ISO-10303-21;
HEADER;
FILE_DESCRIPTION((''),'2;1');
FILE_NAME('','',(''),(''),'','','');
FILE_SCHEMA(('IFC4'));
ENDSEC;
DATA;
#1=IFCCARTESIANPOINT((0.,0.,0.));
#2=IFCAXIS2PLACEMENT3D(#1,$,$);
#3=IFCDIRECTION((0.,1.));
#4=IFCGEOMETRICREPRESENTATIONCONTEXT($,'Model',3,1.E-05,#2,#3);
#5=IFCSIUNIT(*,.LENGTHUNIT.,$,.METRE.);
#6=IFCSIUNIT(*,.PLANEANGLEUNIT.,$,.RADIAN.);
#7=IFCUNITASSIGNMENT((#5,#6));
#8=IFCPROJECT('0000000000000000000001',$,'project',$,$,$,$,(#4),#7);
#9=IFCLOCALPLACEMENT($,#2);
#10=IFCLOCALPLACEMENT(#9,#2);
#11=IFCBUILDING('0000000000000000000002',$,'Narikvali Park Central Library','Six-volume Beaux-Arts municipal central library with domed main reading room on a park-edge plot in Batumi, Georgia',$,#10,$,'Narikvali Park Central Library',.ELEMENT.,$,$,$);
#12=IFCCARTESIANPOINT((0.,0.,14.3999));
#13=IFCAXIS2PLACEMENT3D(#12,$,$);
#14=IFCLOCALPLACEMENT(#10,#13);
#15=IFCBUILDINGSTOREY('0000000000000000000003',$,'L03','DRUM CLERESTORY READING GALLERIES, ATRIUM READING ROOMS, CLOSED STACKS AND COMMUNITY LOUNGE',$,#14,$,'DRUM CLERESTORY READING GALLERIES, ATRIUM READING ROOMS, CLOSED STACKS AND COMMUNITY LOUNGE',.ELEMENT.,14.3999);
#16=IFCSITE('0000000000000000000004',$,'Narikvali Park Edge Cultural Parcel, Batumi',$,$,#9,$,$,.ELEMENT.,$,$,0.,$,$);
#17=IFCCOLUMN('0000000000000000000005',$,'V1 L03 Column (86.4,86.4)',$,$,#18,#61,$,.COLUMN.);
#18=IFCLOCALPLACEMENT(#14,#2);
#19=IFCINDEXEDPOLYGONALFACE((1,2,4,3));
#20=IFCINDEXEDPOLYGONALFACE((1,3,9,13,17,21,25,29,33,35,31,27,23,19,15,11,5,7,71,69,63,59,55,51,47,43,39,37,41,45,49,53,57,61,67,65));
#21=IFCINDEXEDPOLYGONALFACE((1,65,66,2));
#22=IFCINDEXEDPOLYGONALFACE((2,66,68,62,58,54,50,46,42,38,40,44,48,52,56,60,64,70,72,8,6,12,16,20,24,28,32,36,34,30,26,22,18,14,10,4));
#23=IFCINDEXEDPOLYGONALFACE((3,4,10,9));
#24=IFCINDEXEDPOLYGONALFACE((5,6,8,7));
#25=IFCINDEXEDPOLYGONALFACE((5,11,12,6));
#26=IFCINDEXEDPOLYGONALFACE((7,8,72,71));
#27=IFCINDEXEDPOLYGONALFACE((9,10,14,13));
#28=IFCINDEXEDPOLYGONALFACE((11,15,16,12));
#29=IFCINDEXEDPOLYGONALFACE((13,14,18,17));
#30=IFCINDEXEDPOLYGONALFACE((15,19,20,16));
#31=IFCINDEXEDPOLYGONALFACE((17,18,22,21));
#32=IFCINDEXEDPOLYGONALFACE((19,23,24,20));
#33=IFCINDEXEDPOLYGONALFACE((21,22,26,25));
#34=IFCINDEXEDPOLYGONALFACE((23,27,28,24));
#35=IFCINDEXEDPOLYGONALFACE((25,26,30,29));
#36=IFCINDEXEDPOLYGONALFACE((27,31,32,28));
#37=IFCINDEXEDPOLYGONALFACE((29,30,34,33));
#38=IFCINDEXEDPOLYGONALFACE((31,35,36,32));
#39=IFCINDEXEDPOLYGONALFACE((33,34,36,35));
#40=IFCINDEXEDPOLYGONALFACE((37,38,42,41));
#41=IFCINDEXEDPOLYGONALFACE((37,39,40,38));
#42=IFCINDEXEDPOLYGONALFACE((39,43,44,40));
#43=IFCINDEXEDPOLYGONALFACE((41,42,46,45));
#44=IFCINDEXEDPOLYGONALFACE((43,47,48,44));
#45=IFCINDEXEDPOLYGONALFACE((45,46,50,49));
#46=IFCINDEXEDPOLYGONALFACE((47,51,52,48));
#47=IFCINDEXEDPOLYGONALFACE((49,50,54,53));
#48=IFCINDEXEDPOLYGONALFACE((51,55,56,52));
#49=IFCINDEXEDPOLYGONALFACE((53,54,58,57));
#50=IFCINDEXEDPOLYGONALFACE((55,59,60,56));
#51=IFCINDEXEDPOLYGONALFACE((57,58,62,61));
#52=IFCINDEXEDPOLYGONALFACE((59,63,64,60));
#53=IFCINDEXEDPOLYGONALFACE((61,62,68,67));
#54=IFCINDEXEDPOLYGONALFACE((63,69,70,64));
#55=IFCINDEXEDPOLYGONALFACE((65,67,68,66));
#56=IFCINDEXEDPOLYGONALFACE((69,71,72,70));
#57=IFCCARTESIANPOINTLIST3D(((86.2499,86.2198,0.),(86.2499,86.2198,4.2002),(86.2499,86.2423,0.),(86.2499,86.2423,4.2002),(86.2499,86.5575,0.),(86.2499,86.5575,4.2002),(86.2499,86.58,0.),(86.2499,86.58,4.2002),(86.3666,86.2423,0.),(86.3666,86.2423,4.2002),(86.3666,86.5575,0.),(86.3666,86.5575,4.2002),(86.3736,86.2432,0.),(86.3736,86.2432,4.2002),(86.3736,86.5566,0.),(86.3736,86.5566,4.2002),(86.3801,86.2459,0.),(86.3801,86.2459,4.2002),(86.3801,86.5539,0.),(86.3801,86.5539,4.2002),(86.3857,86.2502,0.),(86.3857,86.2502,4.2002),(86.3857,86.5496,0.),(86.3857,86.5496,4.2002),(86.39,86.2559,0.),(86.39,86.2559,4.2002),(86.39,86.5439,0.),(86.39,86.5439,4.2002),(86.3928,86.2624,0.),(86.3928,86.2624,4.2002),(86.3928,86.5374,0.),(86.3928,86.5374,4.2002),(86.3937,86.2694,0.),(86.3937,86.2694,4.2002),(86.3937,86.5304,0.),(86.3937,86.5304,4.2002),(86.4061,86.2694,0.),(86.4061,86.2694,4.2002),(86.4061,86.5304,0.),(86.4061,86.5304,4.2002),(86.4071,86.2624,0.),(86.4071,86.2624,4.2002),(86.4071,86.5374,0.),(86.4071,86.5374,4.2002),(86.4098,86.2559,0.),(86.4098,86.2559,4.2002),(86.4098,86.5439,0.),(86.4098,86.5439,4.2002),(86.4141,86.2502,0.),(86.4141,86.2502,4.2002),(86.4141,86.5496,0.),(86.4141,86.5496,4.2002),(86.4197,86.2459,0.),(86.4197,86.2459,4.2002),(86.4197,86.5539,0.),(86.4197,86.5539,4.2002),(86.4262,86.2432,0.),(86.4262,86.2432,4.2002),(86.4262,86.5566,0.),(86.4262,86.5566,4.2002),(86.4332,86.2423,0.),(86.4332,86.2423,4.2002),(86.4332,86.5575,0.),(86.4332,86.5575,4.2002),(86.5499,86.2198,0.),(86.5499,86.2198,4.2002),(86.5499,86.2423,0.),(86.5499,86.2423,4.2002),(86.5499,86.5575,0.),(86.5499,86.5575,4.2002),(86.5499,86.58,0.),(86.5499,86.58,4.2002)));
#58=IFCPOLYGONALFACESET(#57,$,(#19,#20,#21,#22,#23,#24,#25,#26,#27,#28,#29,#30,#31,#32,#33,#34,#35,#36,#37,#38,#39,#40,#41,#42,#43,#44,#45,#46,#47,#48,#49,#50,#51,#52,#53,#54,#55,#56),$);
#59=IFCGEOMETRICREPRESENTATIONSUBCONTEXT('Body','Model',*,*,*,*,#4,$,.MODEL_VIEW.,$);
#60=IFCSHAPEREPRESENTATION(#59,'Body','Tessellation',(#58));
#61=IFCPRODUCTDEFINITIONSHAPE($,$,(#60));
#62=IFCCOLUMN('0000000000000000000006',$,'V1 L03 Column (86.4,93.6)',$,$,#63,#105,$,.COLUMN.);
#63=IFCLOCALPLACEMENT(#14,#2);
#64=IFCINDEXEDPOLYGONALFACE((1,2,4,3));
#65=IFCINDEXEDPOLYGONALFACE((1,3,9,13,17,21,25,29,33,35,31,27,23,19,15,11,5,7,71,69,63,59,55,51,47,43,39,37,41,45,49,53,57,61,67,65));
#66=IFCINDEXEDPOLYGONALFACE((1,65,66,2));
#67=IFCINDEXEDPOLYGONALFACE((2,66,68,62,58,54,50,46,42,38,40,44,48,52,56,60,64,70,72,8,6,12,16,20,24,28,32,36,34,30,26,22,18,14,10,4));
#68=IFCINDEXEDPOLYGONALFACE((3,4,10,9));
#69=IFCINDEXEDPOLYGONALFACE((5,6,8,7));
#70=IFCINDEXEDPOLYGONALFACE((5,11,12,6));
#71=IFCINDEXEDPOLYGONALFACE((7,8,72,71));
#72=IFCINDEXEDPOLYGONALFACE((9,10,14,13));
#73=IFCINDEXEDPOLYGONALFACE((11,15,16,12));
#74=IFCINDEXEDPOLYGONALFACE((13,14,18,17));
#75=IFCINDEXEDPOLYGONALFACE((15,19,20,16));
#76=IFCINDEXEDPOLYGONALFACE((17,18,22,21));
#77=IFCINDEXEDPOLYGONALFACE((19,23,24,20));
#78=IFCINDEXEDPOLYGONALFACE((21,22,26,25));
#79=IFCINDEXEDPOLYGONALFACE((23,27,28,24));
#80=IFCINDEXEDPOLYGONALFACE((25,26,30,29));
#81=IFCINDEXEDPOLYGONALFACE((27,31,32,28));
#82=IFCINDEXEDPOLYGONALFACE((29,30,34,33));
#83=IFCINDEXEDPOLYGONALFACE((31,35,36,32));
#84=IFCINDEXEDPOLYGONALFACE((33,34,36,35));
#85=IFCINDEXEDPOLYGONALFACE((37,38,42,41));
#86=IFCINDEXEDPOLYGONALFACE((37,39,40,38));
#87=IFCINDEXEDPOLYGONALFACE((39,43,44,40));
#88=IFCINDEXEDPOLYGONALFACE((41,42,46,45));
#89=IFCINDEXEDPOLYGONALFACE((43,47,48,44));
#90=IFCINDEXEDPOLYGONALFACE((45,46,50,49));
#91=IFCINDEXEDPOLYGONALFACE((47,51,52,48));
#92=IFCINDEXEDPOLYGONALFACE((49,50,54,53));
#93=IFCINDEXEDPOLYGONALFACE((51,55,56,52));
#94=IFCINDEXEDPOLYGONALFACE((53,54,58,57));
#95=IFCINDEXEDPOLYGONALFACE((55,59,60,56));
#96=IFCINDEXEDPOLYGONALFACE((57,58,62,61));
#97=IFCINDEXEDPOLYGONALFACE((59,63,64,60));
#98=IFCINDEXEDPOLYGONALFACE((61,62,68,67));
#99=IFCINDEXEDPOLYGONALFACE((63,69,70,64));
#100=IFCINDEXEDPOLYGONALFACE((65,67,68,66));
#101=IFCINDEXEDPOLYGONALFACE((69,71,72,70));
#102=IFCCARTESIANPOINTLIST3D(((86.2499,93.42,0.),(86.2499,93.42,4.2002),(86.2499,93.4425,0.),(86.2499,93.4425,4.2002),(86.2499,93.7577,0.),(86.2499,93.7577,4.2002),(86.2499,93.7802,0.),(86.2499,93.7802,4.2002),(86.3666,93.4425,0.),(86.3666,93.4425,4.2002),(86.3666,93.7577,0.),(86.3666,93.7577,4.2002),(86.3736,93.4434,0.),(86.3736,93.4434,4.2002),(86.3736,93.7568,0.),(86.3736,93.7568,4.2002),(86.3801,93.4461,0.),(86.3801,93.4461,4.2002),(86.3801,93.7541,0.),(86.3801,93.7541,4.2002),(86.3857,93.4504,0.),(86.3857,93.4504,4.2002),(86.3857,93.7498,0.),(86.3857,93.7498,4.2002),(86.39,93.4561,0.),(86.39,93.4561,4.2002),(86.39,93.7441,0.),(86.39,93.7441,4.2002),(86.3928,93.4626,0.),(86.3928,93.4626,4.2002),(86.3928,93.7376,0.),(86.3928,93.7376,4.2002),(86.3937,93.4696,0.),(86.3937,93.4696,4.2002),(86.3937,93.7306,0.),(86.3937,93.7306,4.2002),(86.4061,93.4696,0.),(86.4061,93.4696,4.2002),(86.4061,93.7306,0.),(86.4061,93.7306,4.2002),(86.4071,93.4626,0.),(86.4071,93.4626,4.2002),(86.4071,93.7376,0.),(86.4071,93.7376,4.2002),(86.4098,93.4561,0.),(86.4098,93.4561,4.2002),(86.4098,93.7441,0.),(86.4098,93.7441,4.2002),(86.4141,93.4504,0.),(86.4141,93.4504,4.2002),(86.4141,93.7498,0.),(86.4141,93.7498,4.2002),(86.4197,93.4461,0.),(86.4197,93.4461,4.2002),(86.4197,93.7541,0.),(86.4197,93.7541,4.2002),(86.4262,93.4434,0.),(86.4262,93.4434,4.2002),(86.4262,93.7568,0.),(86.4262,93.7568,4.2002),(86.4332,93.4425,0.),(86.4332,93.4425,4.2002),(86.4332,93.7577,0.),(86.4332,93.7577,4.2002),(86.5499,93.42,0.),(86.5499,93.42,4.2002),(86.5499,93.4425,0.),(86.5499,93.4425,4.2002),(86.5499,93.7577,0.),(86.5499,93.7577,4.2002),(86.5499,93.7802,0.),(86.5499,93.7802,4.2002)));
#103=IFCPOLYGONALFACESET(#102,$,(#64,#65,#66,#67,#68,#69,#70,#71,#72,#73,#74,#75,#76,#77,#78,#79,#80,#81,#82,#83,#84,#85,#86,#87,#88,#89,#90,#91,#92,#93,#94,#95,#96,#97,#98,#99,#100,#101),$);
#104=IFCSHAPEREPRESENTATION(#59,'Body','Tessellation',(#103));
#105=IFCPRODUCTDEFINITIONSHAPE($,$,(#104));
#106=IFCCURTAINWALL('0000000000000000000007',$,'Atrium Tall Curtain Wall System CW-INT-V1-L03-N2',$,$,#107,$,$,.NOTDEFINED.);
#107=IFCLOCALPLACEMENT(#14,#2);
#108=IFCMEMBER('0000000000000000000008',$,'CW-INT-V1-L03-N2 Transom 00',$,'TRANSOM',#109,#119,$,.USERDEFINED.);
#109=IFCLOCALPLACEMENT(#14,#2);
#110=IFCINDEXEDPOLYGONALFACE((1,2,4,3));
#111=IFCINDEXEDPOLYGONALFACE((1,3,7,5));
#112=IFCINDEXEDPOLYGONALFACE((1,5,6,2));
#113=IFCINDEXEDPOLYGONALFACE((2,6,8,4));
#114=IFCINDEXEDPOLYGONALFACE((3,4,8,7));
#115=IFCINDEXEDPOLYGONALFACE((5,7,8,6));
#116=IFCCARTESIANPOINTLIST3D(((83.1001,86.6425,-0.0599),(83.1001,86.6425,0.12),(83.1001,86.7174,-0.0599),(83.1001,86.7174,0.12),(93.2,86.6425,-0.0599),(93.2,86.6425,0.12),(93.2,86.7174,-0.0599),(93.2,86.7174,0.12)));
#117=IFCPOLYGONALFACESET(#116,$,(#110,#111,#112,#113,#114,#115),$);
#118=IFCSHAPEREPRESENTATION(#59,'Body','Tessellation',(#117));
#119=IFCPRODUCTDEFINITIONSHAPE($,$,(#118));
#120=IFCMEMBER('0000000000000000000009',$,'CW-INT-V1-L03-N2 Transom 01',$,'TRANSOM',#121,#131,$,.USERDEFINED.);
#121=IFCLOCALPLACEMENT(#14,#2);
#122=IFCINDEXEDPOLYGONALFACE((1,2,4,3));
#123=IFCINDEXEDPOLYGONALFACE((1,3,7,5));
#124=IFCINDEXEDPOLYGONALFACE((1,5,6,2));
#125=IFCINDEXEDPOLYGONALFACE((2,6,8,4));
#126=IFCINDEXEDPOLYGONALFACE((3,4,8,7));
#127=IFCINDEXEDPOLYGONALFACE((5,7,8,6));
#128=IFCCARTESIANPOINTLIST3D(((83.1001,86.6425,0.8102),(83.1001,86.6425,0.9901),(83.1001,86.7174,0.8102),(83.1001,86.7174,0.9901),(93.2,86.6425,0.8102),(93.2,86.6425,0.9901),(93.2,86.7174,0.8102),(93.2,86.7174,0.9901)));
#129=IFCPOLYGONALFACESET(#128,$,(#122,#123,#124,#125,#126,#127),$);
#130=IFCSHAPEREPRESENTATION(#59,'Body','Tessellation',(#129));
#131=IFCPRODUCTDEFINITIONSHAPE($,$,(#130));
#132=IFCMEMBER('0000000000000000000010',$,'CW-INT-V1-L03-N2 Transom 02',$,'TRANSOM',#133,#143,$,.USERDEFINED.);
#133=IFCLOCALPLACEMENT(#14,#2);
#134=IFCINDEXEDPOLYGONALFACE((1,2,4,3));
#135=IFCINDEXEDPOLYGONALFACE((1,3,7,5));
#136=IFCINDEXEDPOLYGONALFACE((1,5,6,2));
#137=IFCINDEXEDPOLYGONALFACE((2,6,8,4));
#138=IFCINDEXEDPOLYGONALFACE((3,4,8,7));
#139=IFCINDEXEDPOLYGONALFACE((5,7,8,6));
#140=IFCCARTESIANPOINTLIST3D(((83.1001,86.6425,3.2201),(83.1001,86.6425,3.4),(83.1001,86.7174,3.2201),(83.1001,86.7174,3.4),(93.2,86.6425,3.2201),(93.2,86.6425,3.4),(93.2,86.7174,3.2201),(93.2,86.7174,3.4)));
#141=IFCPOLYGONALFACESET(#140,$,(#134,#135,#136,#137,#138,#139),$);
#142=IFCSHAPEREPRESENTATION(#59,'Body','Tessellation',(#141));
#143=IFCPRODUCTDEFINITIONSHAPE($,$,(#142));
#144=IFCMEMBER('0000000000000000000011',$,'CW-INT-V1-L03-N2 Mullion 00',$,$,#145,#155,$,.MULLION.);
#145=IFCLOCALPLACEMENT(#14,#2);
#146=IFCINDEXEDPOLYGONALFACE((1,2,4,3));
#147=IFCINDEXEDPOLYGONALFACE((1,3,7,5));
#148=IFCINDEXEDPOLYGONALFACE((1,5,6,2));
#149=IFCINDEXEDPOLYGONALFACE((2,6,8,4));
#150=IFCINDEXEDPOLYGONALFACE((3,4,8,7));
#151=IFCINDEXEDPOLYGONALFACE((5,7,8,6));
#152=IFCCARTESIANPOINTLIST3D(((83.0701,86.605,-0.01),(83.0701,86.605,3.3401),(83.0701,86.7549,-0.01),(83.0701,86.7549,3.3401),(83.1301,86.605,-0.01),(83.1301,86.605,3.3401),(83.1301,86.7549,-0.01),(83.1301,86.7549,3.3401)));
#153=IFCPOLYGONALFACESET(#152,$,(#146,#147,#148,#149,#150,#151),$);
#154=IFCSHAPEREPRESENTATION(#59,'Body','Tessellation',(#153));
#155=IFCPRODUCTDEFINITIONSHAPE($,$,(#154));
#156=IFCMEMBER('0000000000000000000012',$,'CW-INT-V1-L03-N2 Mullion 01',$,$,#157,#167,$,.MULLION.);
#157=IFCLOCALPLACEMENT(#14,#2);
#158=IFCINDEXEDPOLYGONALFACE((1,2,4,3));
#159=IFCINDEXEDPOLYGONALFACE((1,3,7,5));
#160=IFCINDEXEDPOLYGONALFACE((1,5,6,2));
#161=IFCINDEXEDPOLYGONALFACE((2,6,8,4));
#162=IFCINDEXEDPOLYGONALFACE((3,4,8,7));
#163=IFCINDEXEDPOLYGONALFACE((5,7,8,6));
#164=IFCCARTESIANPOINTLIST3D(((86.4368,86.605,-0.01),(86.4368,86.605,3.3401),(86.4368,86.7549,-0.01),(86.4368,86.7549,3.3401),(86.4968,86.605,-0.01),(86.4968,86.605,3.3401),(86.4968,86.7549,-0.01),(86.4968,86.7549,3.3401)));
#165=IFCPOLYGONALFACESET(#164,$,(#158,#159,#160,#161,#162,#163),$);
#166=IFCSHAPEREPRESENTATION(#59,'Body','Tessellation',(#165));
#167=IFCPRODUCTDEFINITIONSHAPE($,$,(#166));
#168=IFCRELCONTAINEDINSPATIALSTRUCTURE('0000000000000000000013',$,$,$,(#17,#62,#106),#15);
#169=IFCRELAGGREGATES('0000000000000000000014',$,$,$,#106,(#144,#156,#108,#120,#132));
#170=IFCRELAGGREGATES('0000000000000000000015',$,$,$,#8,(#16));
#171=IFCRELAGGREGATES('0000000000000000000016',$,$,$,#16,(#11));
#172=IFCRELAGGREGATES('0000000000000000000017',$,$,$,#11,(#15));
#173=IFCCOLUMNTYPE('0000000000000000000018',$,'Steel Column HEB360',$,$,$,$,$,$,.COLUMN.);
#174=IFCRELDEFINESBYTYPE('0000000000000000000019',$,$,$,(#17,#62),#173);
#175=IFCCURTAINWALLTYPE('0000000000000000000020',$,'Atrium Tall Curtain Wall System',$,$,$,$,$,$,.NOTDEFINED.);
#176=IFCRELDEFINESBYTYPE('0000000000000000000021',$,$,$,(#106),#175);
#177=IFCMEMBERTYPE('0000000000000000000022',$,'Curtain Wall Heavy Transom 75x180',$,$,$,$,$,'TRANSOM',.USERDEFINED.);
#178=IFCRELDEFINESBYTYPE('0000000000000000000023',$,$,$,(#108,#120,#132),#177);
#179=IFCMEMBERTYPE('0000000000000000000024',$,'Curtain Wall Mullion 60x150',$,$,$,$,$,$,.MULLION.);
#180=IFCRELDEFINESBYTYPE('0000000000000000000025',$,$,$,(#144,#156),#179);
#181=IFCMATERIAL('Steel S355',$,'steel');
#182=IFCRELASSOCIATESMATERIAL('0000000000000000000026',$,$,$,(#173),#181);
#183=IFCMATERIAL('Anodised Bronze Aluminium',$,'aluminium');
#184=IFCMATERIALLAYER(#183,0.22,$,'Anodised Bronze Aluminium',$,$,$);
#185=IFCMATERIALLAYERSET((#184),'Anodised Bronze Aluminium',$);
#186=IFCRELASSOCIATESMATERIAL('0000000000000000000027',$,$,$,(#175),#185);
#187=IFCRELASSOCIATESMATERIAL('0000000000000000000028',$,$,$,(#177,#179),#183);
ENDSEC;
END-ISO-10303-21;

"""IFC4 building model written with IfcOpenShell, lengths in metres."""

from ifc_helpers import new_model, si_unit, direction, frame, origin, origin_2d, place, context, subcontext, project, spatial, rectangle, i_section, extrude, material, layer, layer_set, material_profile, profile_set, type_object, element, aggregate, save


model = new_model("IFC4")

# Units and contexts
model_context = context("Model", 3, precision=1e-05, world=origin(), true_north=direction((0.0, 1.0)))
body_context = subcontext(model_context, "Body", "Model", "MODEL_VIEW")
ifc_project = project(units=[si_unit("LENGTHUNIT", "METRE"), si_unit("PLANEANGLEUNIT", "RADIAN")], contexts=[model_context])

# Site, building, storey
site_placement = place(None, origin())
site = spatial("IfcSite", under=ifc_project, at=site_placement, Name="Narikvali Park Edge Cultural Parcel, Batumi", CompositionType="ELEMENT", RefElevation=0.0)
building_placement = place(site_placement, origin())
building = spatial("IfcBuilding", under=site, at=building_placement, Name="Narikvali Park Central Library", Description="Six-volume Beaux-Arts municipal central library with domed main reading room on a park-edge plot in Batumi, Georgia", LongName="Narikvali Park Central Library", CompositionType="ELEMENT")
storey_placement = place(building_placement, frame((0.0, 0.0, 14.3999)))
storey = spatial("IfcBuildingStorey", under=building, at=storey_placement, Name="L03", Description="DRUM CLERESTORY READING GALLERIES, ATRIUM READING ROOMS, CLOSED STACKS AND COMMUNITY LOUNGE", LongName="DRUM CLERESTORY READING GALLERIES, ATRIUM READING ROOMS, CLOSED STACKS AND COMMUNITY LOUNGE", CompositionType="ELEMENT", Elevation=14.3999)

# Columns
ifc_material_1 = material(Name="Steel S355", Category="steel")
ifc_material_profile_1 = material_profile(ifc_material_1, i_section(OverallWidth=0.3, OverallDepth=0.3601, WebThickness=0.0125, FlangeThickness=0.0225, FilletRadius=0.0271, at=origin_2d()), Name="HEB 360")
ifc_profile_set_1 = profile_set([ifc_material_profile_1], Name="Steel S355")
column_type = type_object("IfcColumnType", Name="Steel Column HEB360", PredefinedType="COLUMN", material=ifc_profile_set_1)
for number, where, z_axis, x_axis, name in (
    (1, (86.3999, 86.3999, 0.0), (0.0, 0.0, 1.0), (1.0, 0.0, 0.0), "V1 L03 Column (86.4,86.4)"),
    (2, (86.3999, 93.6001, 0.0), (0.0, 0.0, 1.0), (1.0, 0.0, 0.0), "V1 L03 Column (86.4,93.6)"),
):
    element("IfcColumn", number, at=place(storey_placement, frame(where, z_axis=z_axis, x_axis=x_axis)), inside=storey, type_object=column_type, Name=name, PredefinedType="COLUMN", context=body_context, shape_type="SweptSolid", body=[
        extrude(i_section(OverallWidth=0.3, OverallDepth=0.3601, WebThickness=0.0125, FlangeThickness=0.0225, FilletRadius=0.0271, at=origin_2d()), origin(), (0.0, 0.0, 1.0), 4.2002),
    ])

# Curtain wall, members
ifc_material_2 = material(Name="Anodised Bronze Aluminium", Category="aluminium")
ifc_layer_1 = layer(ifc_material_2, 0.22, Name="Anodised Bronze Aluminium")
ifc_layer_set_1 = layer_set([ifc_layer_1], Name="Anodised Bronze Aluminium")
curtain_wall_type = type_object("IfcCurtainWallType", Name="Atrium Tall Curtain Wall System", PredefinedType="NOTDEFINED", material=ifc_layer_set_1)
curtain_wall_placement = place(storey_placement, origin())
curtain_wall = element("IfcCurtainWall", 3, at=curtain_wall_placement, inside=storey, type_object=curtain_wall_type, Name="Atrium Tall Curtain Wall System CW-INT-V1-L03-N2", PredefinedType="NOTDEFINED")
ifc_material_profile_2 = material_profile(ifc_material_2, rectangle(XDim=0.075, YDim=0.1799, at=origin_2d()), Name="CW TRANSOM 75x180")
ifc_profile_set_2 = profile_set([ifc_material_profile_2], Name="Anodised Bronze Aluminium")
member_type_1 = type_object("IfcMemberType", Name="Curtain Wall Heavy Transom 75x180", ElementType="TRANSOM", PredefinedType="USERDEFINED", material=ifc_profile_set_2)
member_1_placement = place(storey_placement, frame((83.1001, 86.6799, 0.03), z_axis=(1.0, 0.0, 0.0), x_axis=(0.0, 1.0, 0.0)))
member_1 = element("IfcMember", 4, at=member_1_placement, type_object=member_type_1, Name="CW-INT-V1-L03-N2 Transom 00", ObjectType="TRANSOM", PredefinedType="USERDEFINED", context=body_context, shape_type="SweptSolid", body=[
    extrude(rectangle(XDim=0.075, YDim=0.1799, at=origin_2d()), origin(), (0.0, 0.0, 1.0), 10.0999),
])
member_2_placement = place(storey_placement, frame((83.1001, 86.6799, 0.9001), z_axis=(1.0, 0.0, 0.0), x_axis=(0.0, 1.0, 0.0)))
member_2 = element("IfcMember", 5, at=member_2_placement, type_object=member_type_1, Name="CW-INT-V1-L03-N2 Transom 01", ObjectType="TRANSOM", PredefinedType="USERDEFINED", context=body_context, shape_type="SweptSolid", body=[
    extrude(rectangle(XDim=0.075, YDim=0.1799, at=origin_2d()), origin(), (0.0, 0.0, 1.0), 10.0999),
])
member_3_placement = place(storey_placement, frame((83.1001, 86.6799, 3.3101), z_axis=(1.0, 0.0, 0.0), x_axis=(0.0, 1.0, 0.0)))
member_3 = element("IfcMember", 6, at=member_3_placement, type_object=member_type_1, Name="CW-INT-V1-L03-N2 Transom 02", ObjectType="TRANSOM", PredefinedType="USERDEFINED", context=body_context, shape_type="SweptSolid", body=[
    extrude(rectangle(XDim=0.075, YDim=0.1799, at=origin_2d()), origin(), (0.0, 0.0, 1.0), 10.0999),
])
ifc_material_profile_3 = material_profile(ifc_material_2, rectangle(XDim=0.0601, YDim=0.1499, at=origin_2d()), Name="CW MULLION 60x150")
ifc_profile_set_3 = profile_set([ifc_material_profile_3], Name="Anodised Bronze Aluminium")
member_type_2 = type_object("IfcMemberType", Name="Curtain Wall Mullion 60x150", PredefinedType="MULLION", material=ifc_profile_set_3)
member_4_placement = place(storey_placement, frame((83.1001, 86.6799, -0.01), z_axis=(0.0, 0.0, 1.0), x_axis=(1.0, 0.0, 0.0)))
member_4 = element("IfcMember", 7, at=member_4_placement, type_object=member_type_2, Name="CW-INT-V1-L03-N2 Mullion 00", PredefinedType="MULLION", context=body_context, shape_type="SweptSolid", body=[
    extrude(rectangle(XDim=0.0601, YDim=0.1499, at=origin_2d()), origin(), (0.0, 0.0, 1.0), 3.3501),
])
member_5_placement = place(storey_placement, frame((86.4668, 86.6799, -0.01), z_axis=(0.0, 0.0, 1.0), x_axis=(1.0, 0.0, 0.0)))
member_5 = element("IfcMember", 8, at=member_5_placement, type_object=member_type_2, Name="CW-INT-V1-L03-N2 Mullion 01", PredefinedType="MULLION", context=body_context, shape_type="SweptSolid", body=[
    extrude(rectangle(XDim=0.0601, YDim=0.1499, at=origin_2d()), origin(), (0.0, 0.0, 1.0), 3.3501),
])

aggregate(curtain_wall, [member_4, member_5, member_1, member_2, member_3])

save(model, "model.ifc")
